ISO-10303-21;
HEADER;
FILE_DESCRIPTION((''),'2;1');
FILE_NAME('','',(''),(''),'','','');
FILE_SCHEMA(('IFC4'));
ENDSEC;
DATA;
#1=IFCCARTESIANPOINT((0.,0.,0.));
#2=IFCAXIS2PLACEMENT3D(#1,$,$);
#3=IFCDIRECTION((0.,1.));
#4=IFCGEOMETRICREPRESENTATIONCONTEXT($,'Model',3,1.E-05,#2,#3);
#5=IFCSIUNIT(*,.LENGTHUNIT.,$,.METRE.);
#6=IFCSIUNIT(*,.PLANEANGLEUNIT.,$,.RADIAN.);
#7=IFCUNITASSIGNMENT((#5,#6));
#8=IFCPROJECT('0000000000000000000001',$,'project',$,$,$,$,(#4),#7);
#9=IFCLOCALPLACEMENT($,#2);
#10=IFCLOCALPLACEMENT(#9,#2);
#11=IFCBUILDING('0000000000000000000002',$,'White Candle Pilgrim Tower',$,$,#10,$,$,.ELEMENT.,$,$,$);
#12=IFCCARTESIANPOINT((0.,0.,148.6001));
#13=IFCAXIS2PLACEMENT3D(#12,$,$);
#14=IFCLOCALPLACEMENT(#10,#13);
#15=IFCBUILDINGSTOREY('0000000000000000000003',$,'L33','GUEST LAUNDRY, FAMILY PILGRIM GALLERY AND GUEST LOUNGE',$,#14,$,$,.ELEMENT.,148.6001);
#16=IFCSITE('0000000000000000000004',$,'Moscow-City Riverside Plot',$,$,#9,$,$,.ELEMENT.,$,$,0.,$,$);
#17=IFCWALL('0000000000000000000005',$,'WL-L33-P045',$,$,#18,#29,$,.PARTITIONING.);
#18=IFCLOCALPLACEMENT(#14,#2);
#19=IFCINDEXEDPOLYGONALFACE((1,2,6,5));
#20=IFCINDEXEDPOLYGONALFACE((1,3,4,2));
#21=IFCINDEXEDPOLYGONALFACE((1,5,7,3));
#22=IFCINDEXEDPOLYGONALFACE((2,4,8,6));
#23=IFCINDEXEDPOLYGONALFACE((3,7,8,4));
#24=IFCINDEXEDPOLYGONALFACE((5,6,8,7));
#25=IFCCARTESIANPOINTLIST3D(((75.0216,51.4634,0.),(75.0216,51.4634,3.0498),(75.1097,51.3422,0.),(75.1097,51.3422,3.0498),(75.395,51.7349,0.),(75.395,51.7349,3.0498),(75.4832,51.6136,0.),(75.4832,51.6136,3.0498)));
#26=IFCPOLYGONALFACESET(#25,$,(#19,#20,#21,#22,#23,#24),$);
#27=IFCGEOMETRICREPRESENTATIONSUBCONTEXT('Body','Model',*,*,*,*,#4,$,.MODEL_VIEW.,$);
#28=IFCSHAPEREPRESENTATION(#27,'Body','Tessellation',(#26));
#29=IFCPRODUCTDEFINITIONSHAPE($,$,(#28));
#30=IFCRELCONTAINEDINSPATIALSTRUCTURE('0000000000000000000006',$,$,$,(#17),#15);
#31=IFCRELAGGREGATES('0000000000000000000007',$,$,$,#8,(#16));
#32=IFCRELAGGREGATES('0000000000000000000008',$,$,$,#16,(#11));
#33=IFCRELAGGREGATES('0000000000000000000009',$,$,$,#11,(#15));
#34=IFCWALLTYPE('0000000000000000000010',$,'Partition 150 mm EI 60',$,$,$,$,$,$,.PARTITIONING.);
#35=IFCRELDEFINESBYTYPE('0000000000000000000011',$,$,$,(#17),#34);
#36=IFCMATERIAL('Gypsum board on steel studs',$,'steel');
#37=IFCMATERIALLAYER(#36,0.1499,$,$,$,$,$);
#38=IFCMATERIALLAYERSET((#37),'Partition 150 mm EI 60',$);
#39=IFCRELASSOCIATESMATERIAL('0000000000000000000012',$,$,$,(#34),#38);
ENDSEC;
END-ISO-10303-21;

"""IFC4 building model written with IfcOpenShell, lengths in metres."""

from ifc_helpers import new_model, si_unit, direction, frame, frame_2d, origin, place, context, subcontext, project, spatial, rectangle, extrude, material, layer, layer_set, type_object, element, save


model = new_model("IFC4")

# Units and contexts
model_context = context("Model", 3, precision=1e-05, world=origin(), true_north=direction((0.0, 1.0)))
body_context = subcontext(model_context, "Body", "Model", "MODEL_VIEW")
ifc_project = project(units=[si_unit("LENGTHUNIT", "METRE"), si_unit("PLANEANGLEUNIT", "RADIAN")], contexts=[model_context])

# Site, building, storey
site_placement = place(None, origin())
site = spatial("IfcSite", under=ifc_project, at=site_placement, Name="Moscow-City Riverside Plot", CompositionType="ELEMENT", RefElevation=0.0)
building_placement = place(site_placement, origin())
building = spatial("IfcBuilding", under=site, at=building_placement, Name="White Candle Pilgrim Tower", CompositionType="ELEMENT")
storey_placement = place(building_placement, frame((0.0, 0.0, 148.6001)))
storey = spatial("IfcBuildingStorey", under=building, at=storey_placement, Name="L33", Description="GUEST LAUNDRY, FAMILY PILGRIM GALLERY AND GUEST LOUNGE", CompositionType="ELEMENT", Elevation=148.6001)

# Shared definitions
ifc_material_1 = material(Name="Gypsum board on steel studs", Category="steel")

# Wall
ifc_layer_1 = layer(ifc_material_1, 0.1499)
ifc_layer_set_1 = layer_set([ifc_layer_1], Name="Partition 150 mm EI 60")
wall_type_1 = type_object("IfcWallType", Name="Partition 150 mm EI 60", PredefinedType="PARTITIONING", material=ifc_layer_set_1)
wall_1_placement = place(storey_placement, frame((75.4392, 51.6743, 0.0), z_axis=(0.0, 0.0, 1.0), x_axis=(-0.808919, -0.58792, 0.0)))
element("IfcWall", 1, at=wall_1_placement, inside=storey, type_object=wall_type_1, Name="WL-L33-P045", PredefinedType="PARTITIONING", context=body_context, shape_type="SweptSolid", body=[
    extrude(rectangle(XDim=0.4617, YDim=0.1499, at=frame_2d((0.231, 0.0))), origin(), (0.0, 0.0, 1.0), 3.0498),
])

save(model, "model.ifc")
